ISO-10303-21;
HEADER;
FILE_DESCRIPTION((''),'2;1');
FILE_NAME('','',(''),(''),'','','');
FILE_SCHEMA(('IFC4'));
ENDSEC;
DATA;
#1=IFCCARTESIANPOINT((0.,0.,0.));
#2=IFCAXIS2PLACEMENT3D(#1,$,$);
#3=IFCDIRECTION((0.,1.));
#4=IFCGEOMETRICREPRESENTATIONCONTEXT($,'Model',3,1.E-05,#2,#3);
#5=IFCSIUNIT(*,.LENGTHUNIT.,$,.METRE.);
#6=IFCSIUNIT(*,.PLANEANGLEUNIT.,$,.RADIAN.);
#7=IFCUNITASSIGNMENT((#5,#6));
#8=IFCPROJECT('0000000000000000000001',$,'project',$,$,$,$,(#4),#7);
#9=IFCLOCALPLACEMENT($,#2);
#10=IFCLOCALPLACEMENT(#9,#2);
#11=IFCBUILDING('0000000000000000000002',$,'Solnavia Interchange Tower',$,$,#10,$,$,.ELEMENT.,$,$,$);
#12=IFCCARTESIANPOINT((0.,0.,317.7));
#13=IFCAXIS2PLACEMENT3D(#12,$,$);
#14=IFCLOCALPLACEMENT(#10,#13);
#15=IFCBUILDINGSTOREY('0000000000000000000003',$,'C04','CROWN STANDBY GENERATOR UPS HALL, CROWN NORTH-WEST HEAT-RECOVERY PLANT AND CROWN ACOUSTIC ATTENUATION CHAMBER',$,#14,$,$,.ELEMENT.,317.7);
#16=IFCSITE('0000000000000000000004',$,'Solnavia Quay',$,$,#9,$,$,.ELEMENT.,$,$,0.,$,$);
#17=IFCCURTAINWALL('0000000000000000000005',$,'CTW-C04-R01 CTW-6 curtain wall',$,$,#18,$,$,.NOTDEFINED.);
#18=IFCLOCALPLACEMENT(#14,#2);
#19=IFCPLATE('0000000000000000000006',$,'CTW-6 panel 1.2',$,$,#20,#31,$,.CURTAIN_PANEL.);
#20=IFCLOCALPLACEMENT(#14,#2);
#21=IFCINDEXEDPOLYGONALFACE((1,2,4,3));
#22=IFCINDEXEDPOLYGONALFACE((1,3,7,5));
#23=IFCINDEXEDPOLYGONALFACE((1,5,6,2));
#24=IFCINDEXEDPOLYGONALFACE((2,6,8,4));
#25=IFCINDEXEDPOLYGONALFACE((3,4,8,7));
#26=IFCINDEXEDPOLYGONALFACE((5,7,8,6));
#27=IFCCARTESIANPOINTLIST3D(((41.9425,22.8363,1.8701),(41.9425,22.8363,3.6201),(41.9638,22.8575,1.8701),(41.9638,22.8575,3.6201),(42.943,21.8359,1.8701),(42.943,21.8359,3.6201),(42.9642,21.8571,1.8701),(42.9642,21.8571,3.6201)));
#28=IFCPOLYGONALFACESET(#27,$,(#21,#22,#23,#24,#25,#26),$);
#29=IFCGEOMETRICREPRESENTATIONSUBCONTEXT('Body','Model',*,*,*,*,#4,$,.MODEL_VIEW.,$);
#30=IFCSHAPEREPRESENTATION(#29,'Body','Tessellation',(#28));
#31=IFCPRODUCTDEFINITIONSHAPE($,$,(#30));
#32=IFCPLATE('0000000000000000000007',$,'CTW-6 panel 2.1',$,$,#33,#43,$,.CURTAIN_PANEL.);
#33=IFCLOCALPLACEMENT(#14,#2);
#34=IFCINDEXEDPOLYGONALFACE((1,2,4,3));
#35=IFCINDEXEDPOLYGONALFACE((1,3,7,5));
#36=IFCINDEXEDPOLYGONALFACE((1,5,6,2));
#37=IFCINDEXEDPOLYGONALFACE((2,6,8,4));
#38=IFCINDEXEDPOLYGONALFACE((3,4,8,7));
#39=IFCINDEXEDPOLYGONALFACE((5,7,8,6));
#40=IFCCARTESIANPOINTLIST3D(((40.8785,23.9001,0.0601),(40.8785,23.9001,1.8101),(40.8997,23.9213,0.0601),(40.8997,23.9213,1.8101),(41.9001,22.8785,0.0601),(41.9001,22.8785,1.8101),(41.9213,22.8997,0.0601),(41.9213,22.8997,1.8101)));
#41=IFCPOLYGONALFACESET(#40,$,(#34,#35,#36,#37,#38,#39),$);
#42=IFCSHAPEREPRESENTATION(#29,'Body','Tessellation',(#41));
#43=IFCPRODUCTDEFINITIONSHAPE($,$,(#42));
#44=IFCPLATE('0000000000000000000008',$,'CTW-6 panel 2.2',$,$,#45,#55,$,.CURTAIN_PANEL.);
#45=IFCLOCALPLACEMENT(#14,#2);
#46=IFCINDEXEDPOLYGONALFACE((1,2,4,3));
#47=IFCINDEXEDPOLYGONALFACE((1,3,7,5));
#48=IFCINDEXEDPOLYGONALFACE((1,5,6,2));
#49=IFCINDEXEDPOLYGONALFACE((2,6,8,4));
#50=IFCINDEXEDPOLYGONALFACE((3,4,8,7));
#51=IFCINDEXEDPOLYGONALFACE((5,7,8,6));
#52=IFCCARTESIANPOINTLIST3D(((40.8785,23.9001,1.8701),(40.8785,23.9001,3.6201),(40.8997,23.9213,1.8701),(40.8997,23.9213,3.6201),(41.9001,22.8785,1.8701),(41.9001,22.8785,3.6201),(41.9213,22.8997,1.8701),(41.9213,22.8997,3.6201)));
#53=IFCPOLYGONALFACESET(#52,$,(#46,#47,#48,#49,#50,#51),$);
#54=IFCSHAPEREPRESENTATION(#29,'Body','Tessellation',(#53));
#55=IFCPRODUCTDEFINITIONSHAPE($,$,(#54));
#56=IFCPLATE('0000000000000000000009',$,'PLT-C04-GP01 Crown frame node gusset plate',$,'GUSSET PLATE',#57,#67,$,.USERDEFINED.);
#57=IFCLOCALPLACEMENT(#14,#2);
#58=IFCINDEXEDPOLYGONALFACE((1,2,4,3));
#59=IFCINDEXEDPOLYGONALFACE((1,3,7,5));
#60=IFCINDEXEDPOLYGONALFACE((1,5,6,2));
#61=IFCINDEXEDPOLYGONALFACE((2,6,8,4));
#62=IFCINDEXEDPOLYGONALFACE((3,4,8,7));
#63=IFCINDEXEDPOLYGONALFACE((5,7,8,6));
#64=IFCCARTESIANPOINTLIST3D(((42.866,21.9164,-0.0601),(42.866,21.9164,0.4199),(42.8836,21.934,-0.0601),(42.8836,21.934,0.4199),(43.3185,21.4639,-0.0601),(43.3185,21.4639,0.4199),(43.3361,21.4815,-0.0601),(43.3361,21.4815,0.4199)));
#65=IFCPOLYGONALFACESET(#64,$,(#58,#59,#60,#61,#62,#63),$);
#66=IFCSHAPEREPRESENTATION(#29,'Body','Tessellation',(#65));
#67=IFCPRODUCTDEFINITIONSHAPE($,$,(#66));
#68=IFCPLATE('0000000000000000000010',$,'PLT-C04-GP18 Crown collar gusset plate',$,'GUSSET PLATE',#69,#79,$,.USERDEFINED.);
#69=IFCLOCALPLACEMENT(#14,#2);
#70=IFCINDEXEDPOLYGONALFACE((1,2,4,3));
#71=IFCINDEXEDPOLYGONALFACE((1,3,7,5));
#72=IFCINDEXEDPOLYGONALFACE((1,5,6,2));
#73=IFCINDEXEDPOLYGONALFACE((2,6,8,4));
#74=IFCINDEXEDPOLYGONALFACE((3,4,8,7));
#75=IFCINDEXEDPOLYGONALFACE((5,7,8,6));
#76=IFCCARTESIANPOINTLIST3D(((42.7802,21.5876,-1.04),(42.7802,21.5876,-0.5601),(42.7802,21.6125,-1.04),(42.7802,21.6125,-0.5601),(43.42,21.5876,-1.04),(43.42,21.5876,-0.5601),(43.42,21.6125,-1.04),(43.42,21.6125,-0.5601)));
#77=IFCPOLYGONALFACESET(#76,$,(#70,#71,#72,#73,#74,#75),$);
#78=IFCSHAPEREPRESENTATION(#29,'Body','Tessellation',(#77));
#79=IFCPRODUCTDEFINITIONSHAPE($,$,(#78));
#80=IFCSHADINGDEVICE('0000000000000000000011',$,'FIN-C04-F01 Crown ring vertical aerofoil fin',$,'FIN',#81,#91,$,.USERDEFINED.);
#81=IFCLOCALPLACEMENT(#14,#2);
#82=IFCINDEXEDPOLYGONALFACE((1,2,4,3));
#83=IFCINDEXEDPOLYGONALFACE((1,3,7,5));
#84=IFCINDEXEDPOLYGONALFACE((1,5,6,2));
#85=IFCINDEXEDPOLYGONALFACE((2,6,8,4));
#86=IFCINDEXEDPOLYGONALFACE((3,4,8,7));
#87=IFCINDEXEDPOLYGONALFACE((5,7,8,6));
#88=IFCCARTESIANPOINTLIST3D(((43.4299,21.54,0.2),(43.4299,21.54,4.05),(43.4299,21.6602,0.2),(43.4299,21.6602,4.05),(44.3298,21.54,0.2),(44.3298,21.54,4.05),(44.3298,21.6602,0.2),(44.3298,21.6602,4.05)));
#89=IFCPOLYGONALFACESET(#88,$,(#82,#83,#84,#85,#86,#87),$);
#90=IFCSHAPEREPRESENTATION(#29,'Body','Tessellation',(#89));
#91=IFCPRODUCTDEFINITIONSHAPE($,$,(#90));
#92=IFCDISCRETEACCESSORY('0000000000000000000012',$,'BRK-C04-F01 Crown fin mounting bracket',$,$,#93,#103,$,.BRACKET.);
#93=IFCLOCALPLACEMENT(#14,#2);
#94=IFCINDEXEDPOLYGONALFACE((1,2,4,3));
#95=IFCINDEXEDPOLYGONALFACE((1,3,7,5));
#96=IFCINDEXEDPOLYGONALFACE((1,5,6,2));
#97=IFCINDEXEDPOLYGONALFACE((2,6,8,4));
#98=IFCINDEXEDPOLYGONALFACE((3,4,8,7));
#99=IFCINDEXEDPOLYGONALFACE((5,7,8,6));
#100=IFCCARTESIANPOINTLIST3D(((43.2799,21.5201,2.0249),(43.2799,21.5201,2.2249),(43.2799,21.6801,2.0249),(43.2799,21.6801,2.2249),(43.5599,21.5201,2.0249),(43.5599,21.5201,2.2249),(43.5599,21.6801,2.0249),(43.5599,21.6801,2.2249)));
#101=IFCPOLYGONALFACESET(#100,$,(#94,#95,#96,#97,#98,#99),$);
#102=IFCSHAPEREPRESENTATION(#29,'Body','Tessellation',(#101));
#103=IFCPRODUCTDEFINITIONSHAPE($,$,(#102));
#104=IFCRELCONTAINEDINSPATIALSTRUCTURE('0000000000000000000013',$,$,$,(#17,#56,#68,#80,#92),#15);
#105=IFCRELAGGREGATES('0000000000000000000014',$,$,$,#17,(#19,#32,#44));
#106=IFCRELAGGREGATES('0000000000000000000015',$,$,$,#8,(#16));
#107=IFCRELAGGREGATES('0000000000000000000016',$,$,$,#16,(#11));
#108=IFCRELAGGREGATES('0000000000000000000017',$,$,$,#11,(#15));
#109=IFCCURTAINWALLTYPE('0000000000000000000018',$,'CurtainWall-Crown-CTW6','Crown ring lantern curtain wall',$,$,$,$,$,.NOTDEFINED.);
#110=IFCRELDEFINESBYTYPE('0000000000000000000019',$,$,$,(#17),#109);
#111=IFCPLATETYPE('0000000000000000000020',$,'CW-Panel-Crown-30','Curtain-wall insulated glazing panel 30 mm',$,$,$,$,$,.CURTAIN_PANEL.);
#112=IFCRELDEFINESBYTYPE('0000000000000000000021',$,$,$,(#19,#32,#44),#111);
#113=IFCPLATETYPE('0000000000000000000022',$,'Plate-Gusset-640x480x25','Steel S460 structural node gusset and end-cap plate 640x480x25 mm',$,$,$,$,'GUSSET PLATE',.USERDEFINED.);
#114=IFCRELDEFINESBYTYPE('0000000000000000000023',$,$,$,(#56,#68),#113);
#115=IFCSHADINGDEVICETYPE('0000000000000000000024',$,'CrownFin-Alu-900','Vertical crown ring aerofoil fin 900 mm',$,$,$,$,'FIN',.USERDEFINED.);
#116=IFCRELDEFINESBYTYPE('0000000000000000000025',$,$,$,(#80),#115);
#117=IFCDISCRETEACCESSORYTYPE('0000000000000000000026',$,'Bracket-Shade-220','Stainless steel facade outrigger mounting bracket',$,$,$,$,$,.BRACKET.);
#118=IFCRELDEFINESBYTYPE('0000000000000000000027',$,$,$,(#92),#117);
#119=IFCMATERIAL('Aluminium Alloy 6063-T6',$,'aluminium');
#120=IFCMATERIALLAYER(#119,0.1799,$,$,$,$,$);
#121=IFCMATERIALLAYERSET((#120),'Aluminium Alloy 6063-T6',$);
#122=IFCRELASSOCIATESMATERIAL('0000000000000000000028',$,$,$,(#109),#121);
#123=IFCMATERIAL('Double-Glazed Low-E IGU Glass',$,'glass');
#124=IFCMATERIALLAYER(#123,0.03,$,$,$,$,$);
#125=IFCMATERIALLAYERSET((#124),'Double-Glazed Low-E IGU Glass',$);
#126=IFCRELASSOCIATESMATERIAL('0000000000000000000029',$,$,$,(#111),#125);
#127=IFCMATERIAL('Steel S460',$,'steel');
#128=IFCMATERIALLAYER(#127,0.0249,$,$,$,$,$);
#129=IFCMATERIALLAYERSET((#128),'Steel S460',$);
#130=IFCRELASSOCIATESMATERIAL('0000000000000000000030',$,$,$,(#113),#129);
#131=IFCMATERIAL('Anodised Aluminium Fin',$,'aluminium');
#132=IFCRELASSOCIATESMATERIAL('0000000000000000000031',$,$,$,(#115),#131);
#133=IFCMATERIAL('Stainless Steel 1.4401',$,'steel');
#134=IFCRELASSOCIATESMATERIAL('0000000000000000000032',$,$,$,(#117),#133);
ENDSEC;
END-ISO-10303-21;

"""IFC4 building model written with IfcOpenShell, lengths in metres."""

from ifc_helpers import new_model, si_unit, direction, frame, origin, origin_2d, place, context, subcontext, project, spatial, rectangle, extrude, material, layer, layer_set, type_object, element, aggregate, save


model = new_model("IFC4")

# Units and contexts
model_context = context("Model", 3, precision=1e-05, world=origin(), true_north=direction((0.0, 1.0)))
body_context = subcontext(model_context, "Body", "Model", "MODEL_VIEW")
ifc_project = project(units=[si_unit("LENGTHUNIT", "METRE"), si_unit("PLANEANGLEUNIT", "RADIAN")], contexts=[model_context])

# Site, building, storey
site_placement = place(None, origin())
site = spatial("IfcSite", under=ifc_project, at=site_placement, Name="Solnavia Quay", CompositionType="ELEMENT", RefElevation=0.0)
building_placement = place(site_placement, origin())
building = spatial("IfcBuilding", under=site, at=building_placement, Name="Solnavia Interchange Tower", CompositionType="ELEMENT")
storey_placement = place(building_placement, frame((0.0, 0.0, 317.7)))
storey = spatial("IfcBuildingStorey", under=building, at=storey_placement, Name="C04", Description="CROWN STANDBY GENERATOR UPS HALL, CROWN NORTH-WEST HEAT-RECOVERY PLANT AND CROWN ACOUSTIC ATTENUATION CHAMBER", CompositionType="ELEMENT", Elevation=317.7)

# Shared definitions
ifc_material_1 = material(Name="Steel S460", Category="steel")

# Curtain wall
ifc_material_2 = material(Name="Aluminium Alloy 6063-T6", Category="aluminium")
ifc_layer_1 = layer(ifc_material_2, 0.1799)
ifc_layer_set_1 = layer_set([ifc_layer_1], Name="Aluminium Alloy 6063-T6")
curtain_wall_type = type_object("IfcCurtainWallType", Name="CurtainWall-Crown-CTW6", Description="Crown ring lantern curtain wall", PredefinedType="NOTDEFINED", material=ifc_layer_set_1)
curtain_wall_placement = place(storey_placement, origin())
curtain_wall = element("IfcCurtainWall", 1, at=curtain_wall_placement, inside=storey, type_object=curtain_wall_type, Name="CTW-C04-R01 CTW-6 curtain wall", PredefinedType="NOTDEFINED")

# Plates
ifc_material_3 = material(Name="Double-Glazed Low-E IGU Glass", Category="glass")
ifc_layer_2 = layer(ifc_material_3, 0.03)
ifc_layer_set_2 = layer_set([ifc_layer_2], Name="Double-Glazed Low-E IGU Glass")
plate_type_1 = type_object("IfcPlateType", Name="CW-Panel-Crown-30", Description="Curtain-wall insulated glazing panel 30 mm", PredefinedType="CURTAIN_PANEL", material=ifc_layer_set_2)
plate_1_placement = place(storey_placement, frame((42.4534, 22.3467, 1.8701), z_axis=(0.0, 0.0, 1.0), x_axis=(-0.707107, 0.707107, 0.0)))
plate_1 = element("IfcPlate", 2, at=plate_1_placement, type_object=plate_type_1, Name="CTW-6 panel 1.2", PredefinedType="CURTAIN_PANEL", context=body_context, shape_type="SweptSolid", body=[
    extrude(rectangle(XDim=1.4148, YDim=0.03, at=origin_2d()), origin(), (0.0, 0.0, 1.0), 1.75),
])
plate_2_placement = place(storey_placement, frame((41.3999, 23.3999, 0.0601), z_axis=(0.0, 0.0, 1.0), x_axis=(-0.707107, 0.707107, 0.0)))
plate_2 = element("IfcPlate", 3, at=plate_2_placement, type_object=plate_type_1, Name="CTW-6 panel 2.1", PredefinedType="CURTAIN_PANEL", context=body_context, shape_type="SweptSolid", body=[
    extrude(rectangle(XDim=1.4448, YDim=0.03, at=origin_2d()), origin(), (0.0, 0.0, 1.0), 1.75),
])
plate_3_placement = place(storey_placement, frame((41.3999, 23.3999, 1.8701), z_axis=(0.0, 0.0, 1.0), x_axis=(-0.707107, 0.707107, 0.0)))
plate_3 = element("IfcPlate", 4, at=plate_3_placement, type_object=plate_type_1, Name="CTW-6 panel 2.2", PredefinedType="CURTAIN_PANEL", context=body_context, shape_type="SweptSolid", body=[
    extrude(rectangle(XDim=1.4448, YDim=0.03, at=origin_2d()), origin(), (0.0, 0.0, 1.0), 1.75),
])
aggregate(curtain_wall, [plate_1, plate_2, plate_3])

# Plates
ifc_layer_3 = layer(ifc_material_1, 0.0249)
ifc_layer_set_3 = layer_set([ifc_layer_3], Name="Steel S460")
plate_type_2 = type_object("IfcPlateType", Name="Plate-Gusset-640x480x25", Description="Steel S460 structural node gusset and end-cap plate 640x480x25 mm", ElementType="GUSSET PLATE", PredefinedType="USERDEFINED", material=ifc_layer_set_3)
for number, where, z_axis, x_axis, name in (
    (5, (43.1011, 21.699, -0.0601), (0.0, 0.0, 1.0), (-0.707107, 0.707107, 0.0), "PLT-C04-GP01 Crown frame node gusset plate"),
    (6, (43.1001, 21.6001, -1.04), (0.0, 0.0, 1.0), (1.0, 0.0, 0.0), "PLT-C04-GP18 Crown collar gusset plate"),
):
    element("IfcPlate", number, at=place(storey_placement, frame(where, z_axis=z_axis, x_axis=x_axis)), inside=storey, type_object=plate_type_2, Name=name, ObjectType="GUSSET PLATE", PredefinedType="USERDEFINED", context=body_context, shape_type="SweptSolid", body=[
        extrude(rectangle(XDim=0.6399, YDim=0.0249, at=origin_2d()), origin(), (0.0, 0.0, 1.0), 0.48),
    ])

# Shading device
ifc_material_4 = material(Name="Anodised Aluminium Fin", Category="aluminium")
shading_device_type = type_object("IfcShadingDeviceType", Name="CrownFin-Alu-900", Description="Vertical crown ring aerofoil fin 900 mm", ElementType="FIN", PredefinedType="USERDEFINED", material=ifc_material_4)
shading_device_placement = place(storey_placement, frame((43.8799, 21.6001, 0.2), z_axis=(0.0, 0.0, 1.0), x_axis=(1.0, 0.0, 0.0)))
element("IfcShadingDevice", 7, at=shading_device_placement, inside=storey, type_object=shading_device_type, Name="FIN-C04-F01 Crown ring vertical aerofoil fin", ObjectType="FIN", PredefinedType="USERDEFINED", context=body_context, shape_type="SweptSolid", body=[
    extrude(rectangle(XDim=0.8999, YDim=0.1201, at=origin_2d()), origin(), (0.0, 0.0, 1.0), 3.8501),
])

# Discrete accessory
ifc_material_5 = material(Name="Stainless Steel 1.4401", Category="steel")
discrete_accessory_type = type_object("IfcDiscreteAccessoryType", Name="Bracket-Shade-220", Description="Stainless steel facade outrigger mounting bracket", PredefinedType="BRACKET", material=ifc_material_5)
discrete_accessory_placement = place(storey_placement, frame((43.4199, 21.6001, 2.0249), z_axis=(0.0, 0.0, 1.0), x_axis=(1.0, 0.0, 0.0)))
element("IfcDiscreteAccessory", 8, at=discrete_accessory_placement, inside=storey, type_object=discrete_accessory_type, Name="BRK-C04-F01 Crown fin mounting bracket", PredefinedType="BRACKET", context=body_context, shape_type="SweptSolid", body=[
    extrude(rectangle(XDim=0.28, YDim=0.1599, at=origin_2d()), origin(), (0.0, 0.0, 1.0), 0.2),
])

save(model, "model.ifc")
